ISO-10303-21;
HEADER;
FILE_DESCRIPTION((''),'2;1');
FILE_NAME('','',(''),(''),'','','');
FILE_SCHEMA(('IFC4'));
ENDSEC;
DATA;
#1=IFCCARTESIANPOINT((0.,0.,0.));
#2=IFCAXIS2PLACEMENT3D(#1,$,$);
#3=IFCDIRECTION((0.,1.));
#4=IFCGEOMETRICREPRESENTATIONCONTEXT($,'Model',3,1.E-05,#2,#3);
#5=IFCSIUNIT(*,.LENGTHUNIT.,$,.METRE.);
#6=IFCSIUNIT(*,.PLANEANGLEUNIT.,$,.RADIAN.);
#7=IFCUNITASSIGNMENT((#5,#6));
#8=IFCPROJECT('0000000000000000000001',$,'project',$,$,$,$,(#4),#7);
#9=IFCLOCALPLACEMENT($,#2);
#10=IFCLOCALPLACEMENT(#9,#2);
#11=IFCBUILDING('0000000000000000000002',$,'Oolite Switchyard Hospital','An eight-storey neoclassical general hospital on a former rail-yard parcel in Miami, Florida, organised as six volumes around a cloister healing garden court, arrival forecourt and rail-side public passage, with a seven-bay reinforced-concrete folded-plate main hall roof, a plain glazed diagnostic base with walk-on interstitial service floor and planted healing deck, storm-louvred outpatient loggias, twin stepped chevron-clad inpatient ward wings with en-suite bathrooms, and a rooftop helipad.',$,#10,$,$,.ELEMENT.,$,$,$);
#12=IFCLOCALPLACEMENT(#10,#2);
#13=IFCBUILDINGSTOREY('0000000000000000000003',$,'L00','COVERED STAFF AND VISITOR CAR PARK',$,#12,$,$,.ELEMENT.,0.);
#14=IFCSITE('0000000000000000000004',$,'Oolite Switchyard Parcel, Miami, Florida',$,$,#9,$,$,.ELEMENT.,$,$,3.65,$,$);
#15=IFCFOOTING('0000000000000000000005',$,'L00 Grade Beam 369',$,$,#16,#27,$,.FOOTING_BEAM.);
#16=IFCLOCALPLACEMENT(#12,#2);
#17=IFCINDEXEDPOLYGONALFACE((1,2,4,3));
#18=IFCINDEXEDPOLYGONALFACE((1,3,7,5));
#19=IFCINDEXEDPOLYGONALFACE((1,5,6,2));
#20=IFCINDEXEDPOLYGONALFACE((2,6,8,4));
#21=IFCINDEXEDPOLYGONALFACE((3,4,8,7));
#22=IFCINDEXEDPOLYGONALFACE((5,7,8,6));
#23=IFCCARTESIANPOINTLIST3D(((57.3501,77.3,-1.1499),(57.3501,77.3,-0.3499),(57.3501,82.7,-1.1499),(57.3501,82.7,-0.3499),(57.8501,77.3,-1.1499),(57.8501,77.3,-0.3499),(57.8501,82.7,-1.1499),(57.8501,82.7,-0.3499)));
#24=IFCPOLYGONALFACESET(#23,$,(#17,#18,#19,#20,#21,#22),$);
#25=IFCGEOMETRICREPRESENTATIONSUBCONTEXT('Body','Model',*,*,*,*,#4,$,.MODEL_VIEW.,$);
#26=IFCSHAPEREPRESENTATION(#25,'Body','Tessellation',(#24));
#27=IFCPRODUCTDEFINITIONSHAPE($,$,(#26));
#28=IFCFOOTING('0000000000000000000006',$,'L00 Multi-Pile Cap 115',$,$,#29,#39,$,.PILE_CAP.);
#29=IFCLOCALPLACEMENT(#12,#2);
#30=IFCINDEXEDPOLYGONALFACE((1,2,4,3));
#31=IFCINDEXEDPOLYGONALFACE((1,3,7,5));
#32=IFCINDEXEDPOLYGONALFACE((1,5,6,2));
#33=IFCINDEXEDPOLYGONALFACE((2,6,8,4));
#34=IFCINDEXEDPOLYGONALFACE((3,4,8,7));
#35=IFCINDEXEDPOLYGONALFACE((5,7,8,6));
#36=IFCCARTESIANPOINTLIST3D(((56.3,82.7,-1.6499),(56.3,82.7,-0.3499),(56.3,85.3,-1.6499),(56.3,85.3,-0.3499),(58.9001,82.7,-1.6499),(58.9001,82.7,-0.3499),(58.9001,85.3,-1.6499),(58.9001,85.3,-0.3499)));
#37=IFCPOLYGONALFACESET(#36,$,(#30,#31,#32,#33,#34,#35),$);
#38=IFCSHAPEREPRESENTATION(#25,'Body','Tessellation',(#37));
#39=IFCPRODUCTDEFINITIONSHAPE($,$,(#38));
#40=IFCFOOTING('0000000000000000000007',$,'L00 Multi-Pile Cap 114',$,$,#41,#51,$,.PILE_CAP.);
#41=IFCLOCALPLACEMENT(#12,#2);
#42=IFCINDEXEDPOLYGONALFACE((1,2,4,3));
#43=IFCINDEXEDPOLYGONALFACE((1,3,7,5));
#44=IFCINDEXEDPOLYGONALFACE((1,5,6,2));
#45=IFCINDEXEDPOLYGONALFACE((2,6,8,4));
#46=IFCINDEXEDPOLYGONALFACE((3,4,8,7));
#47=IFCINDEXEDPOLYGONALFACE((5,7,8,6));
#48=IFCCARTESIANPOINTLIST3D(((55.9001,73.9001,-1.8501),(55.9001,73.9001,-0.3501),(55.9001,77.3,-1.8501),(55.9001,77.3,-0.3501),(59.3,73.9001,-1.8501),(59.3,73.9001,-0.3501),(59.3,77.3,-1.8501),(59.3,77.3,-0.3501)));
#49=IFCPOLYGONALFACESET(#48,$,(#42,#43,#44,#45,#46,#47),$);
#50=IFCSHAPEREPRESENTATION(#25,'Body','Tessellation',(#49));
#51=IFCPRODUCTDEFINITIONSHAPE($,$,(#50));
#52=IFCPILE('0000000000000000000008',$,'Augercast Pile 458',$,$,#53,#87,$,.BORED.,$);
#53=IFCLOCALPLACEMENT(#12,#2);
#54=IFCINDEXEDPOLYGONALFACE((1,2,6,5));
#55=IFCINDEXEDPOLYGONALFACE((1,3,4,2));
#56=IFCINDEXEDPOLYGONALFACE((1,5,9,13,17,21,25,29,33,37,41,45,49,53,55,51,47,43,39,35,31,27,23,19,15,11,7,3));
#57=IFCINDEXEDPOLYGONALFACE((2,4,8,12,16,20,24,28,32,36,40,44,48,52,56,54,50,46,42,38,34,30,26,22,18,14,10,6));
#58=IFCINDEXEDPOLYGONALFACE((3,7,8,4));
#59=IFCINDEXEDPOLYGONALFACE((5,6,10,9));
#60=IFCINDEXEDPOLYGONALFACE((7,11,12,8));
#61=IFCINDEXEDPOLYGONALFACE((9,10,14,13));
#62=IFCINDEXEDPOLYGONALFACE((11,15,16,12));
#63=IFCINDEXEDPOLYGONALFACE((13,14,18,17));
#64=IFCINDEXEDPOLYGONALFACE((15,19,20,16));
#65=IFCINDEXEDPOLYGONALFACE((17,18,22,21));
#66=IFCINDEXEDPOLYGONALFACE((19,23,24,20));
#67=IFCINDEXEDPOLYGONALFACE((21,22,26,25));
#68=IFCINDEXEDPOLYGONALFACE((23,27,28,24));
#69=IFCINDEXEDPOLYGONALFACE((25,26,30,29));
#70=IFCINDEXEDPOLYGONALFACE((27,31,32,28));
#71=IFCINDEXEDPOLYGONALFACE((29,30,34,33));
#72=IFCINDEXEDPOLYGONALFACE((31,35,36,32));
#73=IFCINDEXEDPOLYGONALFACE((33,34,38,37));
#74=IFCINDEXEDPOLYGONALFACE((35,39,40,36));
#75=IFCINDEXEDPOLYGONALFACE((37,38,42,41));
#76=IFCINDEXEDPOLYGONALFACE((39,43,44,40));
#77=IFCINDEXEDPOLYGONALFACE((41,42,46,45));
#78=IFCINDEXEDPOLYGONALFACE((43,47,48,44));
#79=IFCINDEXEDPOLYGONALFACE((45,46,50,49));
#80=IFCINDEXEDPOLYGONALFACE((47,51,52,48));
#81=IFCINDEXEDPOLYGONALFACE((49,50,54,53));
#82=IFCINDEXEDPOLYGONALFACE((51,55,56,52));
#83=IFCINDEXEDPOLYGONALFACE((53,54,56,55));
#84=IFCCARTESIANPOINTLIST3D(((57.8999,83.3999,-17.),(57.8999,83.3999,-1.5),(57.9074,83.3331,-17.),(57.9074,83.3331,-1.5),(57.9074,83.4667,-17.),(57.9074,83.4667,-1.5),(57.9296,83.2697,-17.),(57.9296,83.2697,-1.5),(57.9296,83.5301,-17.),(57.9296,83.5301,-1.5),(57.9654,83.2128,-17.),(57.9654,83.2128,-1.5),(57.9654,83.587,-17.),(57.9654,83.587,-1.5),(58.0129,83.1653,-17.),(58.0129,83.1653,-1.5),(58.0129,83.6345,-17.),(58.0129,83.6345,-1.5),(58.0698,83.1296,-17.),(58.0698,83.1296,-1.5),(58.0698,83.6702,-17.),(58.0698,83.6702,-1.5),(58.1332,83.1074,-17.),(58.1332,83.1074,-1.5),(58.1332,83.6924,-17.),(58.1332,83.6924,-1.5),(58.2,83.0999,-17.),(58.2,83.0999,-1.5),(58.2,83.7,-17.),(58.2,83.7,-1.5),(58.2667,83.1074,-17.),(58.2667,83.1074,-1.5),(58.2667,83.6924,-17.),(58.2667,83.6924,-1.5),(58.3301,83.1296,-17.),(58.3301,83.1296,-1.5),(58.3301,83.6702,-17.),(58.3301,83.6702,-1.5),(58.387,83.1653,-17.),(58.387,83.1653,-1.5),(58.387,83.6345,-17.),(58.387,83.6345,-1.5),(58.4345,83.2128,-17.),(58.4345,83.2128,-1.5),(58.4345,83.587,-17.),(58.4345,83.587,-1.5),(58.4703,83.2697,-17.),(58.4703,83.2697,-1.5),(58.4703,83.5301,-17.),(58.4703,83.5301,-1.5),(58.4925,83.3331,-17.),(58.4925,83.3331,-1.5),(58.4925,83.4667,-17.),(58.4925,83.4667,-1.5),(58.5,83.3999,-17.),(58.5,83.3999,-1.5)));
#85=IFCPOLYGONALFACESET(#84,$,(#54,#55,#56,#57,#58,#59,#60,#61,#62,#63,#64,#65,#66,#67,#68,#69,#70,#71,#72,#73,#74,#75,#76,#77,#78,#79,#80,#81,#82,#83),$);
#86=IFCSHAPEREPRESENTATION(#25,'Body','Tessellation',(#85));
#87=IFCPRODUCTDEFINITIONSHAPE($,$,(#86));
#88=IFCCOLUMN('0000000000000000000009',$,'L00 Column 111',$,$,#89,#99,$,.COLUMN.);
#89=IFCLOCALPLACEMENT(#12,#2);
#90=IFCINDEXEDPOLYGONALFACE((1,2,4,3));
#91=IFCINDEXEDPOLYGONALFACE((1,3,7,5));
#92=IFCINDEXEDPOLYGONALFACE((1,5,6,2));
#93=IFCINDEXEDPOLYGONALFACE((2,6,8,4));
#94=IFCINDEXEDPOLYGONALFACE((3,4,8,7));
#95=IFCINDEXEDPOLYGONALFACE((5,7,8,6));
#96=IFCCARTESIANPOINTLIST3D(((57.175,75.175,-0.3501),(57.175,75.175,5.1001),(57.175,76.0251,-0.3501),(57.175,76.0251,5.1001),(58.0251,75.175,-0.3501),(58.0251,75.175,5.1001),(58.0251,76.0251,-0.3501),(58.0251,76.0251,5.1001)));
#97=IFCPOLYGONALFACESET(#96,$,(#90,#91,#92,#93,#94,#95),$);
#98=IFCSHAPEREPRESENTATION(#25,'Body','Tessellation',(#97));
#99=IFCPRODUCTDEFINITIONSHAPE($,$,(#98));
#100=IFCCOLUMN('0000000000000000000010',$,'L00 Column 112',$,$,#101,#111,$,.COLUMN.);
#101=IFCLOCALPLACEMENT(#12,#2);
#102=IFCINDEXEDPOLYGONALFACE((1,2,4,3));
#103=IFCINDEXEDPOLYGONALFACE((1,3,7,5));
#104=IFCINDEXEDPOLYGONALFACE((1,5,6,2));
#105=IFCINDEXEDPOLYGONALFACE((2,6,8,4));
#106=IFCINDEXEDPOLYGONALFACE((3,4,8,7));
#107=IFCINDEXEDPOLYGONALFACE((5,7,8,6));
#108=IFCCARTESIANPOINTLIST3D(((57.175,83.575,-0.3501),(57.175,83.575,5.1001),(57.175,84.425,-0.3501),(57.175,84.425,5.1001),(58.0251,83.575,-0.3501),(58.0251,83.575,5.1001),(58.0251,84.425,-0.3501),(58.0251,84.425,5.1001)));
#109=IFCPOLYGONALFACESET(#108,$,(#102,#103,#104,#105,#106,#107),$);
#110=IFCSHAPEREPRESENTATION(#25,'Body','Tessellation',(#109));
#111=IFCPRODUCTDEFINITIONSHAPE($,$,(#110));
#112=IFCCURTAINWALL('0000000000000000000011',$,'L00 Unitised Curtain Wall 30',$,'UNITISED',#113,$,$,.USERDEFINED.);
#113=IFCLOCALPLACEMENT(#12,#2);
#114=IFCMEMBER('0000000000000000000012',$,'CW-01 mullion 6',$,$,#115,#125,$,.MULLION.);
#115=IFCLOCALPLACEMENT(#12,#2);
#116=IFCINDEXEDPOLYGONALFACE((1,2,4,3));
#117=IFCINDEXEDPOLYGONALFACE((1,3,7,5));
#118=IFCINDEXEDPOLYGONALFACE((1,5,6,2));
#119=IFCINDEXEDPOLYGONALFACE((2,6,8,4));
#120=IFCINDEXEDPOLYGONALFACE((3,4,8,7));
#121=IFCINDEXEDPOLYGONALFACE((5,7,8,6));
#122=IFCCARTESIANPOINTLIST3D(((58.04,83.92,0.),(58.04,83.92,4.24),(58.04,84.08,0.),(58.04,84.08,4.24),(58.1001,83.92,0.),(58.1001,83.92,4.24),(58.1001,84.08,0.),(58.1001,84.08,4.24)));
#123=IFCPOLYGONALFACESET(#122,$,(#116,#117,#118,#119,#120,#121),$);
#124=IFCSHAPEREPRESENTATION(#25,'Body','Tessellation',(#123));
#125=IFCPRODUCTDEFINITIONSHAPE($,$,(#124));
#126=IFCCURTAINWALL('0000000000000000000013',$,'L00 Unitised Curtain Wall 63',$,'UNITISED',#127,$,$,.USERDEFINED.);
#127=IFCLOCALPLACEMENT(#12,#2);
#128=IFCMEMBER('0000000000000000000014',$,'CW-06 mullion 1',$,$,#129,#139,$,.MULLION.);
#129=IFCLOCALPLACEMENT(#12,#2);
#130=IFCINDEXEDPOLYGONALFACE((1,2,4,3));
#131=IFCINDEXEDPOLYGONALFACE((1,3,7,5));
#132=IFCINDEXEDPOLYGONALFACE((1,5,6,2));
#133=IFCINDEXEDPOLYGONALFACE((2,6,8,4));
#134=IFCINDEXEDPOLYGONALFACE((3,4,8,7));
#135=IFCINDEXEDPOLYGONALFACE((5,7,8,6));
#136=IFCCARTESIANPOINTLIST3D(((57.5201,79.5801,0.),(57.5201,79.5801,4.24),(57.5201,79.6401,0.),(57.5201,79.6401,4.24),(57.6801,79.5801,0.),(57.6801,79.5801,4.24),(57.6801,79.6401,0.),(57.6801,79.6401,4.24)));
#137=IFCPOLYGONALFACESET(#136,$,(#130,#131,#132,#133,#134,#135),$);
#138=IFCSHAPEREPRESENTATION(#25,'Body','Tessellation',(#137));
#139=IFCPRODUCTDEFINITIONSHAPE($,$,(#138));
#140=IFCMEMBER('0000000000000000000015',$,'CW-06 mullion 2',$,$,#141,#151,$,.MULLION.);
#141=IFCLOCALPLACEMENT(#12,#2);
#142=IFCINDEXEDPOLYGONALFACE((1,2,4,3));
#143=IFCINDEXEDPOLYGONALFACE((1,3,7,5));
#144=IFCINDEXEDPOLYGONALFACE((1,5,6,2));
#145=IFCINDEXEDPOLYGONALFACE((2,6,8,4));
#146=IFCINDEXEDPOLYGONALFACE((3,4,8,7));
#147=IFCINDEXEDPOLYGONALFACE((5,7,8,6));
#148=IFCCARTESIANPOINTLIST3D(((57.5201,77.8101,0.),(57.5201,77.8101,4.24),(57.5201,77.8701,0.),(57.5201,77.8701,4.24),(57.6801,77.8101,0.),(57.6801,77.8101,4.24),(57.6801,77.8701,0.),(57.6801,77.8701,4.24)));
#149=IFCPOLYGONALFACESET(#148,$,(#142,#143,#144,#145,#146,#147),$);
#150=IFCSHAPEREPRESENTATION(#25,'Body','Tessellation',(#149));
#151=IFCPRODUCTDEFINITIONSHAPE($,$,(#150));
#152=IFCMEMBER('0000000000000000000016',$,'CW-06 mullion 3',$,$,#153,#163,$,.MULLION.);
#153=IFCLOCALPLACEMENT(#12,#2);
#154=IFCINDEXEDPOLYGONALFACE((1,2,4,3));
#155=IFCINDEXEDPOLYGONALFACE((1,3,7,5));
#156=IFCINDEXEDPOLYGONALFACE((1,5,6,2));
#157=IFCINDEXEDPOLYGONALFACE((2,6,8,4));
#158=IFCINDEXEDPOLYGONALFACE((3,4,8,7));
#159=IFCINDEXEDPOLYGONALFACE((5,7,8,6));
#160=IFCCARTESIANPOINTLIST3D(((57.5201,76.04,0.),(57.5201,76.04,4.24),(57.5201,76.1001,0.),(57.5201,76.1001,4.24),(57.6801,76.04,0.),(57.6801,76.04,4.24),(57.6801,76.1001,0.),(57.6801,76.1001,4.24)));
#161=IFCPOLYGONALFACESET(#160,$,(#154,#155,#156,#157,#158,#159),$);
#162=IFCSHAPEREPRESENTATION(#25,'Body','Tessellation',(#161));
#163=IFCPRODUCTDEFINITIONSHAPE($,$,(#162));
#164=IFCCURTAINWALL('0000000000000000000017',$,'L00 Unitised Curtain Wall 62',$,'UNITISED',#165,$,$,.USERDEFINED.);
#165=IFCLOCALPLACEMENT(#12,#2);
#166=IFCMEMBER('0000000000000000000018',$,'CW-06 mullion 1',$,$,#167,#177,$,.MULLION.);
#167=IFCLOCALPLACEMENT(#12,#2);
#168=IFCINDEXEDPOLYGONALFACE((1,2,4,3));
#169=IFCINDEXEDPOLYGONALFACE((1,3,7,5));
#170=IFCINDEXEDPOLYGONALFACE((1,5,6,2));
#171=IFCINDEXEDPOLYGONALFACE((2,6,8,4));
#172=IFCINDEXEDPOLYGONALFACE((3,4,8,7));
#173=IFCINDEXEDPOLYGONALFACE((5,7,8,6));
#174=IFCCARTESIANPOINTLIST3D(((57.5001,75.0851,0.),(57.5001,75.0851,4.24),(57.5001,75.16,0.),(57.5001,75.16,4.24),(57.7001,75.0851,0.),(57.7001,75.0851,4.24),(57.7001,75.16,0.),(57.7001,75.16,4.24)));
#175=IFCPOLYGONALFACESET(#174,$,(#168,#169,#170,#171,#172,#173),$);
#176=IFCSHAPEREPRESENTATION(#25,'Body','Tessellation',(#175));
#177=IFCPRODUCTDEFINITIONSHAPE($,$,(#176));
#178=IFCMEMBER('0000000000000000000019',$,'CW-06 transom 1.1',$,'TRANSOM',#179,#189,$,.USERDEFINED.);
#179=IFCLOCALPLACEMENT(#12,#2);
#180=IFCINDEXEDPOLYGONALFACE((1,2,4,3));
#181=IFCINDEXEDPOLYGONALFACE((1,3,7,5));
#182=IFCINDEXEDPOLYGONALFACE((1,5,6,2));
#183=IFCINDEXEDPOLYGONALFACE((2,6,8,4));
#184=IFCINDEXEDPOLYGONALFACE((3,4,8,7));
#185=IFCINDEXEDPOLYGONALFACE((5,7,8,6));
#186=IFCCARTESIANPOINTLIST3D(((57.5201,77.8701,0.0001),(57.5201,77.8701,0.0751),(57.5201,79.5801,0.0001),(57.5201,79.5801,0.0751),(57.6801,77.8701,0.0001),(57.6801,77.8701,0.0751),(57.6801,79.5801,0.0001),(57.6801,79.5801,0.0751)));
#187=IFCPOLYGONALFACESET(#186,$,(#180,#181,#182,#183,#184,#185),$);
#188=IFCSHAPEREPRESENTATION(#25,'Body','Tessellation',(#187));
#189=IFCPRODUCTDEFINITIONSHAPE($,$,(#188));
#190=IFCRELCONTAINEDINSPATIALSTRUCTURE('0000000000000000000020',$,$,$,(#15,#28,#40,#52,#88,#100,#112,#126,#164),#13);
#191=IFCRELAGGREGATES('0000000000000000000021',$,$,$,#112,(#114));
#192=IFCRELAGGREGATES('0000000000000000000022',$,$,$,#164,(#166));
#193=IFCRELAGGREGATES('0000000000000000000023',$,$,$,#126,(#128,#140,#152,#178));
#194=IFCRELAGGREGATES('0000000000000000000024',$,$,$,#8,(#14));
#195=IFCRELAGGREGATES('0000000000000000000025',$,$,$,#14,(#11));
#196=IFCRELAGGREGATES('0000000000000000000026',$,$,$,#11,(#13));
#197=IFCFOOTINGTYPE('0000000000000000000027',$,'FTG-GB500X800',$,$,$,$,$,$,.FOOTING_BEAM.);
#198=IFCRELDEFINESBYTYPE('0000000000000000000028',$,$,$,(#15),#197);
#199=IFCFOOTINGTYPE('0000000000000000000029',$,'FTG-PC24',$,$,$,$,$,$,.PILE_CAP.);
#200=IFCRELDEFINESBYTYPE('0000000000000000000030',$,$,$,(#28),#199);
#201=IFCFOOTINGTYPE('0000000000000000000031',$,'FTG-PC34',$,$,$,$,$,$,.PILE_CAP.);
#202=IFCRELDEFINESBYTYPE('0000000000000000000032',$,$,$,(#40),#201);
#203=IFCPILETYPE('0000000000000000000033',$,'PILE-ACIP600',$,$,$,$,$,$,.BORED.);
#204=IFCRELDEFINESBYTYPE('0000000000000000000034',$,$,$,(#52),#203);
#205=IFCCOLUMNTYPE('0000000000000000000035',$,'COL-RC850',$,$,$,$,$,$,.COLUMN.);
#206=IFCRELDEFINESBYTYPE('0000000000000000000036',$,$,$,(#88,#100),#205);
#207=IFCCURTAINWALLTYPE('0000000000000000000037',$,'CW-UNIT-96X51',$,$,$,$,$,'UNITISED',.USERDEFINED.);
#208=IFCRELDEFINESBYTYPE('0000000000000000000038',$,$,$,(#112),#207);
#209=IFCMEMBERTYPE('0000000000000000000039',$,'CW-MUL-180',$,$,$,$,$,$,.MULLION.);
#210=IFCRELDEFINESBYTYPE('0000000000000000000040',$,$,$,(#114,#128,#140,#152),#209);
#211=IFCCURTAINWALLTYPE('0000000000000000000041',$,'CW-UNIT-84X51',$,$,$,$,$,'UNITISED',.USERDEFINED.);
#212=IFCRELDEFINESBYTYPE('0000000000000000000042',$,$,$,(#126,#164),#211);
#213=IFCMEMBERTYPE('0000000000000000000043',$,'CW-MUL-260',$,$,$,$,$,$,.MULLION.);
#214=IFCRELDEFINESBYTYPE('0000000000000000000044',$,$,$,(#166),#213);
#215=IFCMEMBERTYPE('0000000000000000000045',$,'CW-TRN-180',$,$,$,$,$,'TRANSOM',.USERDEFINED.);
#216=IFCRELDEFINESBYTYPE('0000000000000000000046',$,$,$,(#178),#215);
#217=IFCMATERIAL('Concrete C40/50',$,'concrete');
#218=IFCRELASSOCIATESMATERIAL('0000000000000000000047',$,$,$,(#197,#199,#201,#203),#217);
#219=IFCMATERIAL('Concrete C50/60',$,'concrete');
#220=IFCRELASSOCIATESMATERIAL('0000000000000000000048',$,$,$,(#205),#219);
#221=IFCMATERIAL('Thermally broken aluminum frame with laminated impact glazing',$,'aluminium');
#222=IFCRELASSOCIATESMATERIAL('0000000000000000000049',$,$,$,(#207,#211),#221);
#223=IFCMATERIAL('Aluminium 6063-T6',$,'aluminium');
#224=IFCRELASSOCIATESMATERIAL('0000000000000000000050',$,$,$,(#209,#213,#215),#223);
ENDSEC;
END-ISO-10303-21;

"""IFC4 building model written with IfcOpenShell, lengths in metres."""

from ifc_helpers import new_model, si_unit, direction, frame, origin, origin_2d, place, context, subcontext, project, spatial, rectangle, circle, extrude, material, material_profile, profile_set, type_object, element, aggregate, save


model = new_model("IFC4")

# Units and contexts
model_context = context("Model", 3, precision=1e-05, world=origin(), true_north=direction((0.0, 1.0)))
body_context = subcontext(model_context, "Body", "Model", "MODEL_VIEW")
ifc_project = project(units=[si_unit("LENGTHUNIT", "METRE"), si_unit("PLANEANGLEUNIT", "RADIAN")], contexts=[model_context])

# Site, building, storey
site_placement = place(None, origin())
site = spatial("IfcSite", under=ifc_project, at=site_placement, Name="Oolite Switchyard Parcel, Miami, Florida", CompositionType="ELEMENT", RefElevation=3.65)
building_placement = place(site_placement, origin())
building = spatial("IfcBuilding", under=site, at=building_placement, Name="Oolite Switchyard Hospital", Description="An eight-storey neoclassical general hospital on a former rail-yard parcel in Miami, Florida, organised as six volumes around a cloister healing garden court, arrival forecourt and rail-side public passage, with a seven-bay reinforced-concrete folded-plate main hall roof, a plain glazed diagnostic base with walk-on interstitial service floor and planted healing deck, storm-louvred outpatient loggias, twin stepped chevron-clad inpatient ward wings with en-suite bathrooms, and a rooftop helipad.", CompositionType="ELEMENT")
storey_placement = place(building_placement, origin())
storey = spatial("IfcBuildingStorey", under=building, at=storey_placement, Name="L00", Description="COVERED STAFF AND VISITOR CAR PARK", CompositionType="ELEMENT", Elevation=0.0)

# Footings
ifc_material_1 = material(Name="Concrete C40/50", Category="concrete")
footing_type_1 = type_object("IfcFootingType", Name="FTG-GB500X800", PredefinedType="FOOTING_BEAM", material=ifc_material_1)
footing_1_placement = place(storey_placement, frame((57.6001, 80.0, -1.1499), z_axis=(0.0, 0.0, 1.0), x_axis=(0.0, 1.0, 0.0)))
element("IfcFooting", 1, at=footing_1_placement, inside=storey, type_object=footing_type_1, Name="L00 Grade Beam 369", PredefinedType="FOOTING_BEAM", context=body_context, shape_type="SweptSolid", body=[
    extrude(rectangle(XDim=5.3999, YDim=0.5, at=origin_2d()), origin(), (0.0, 0.0, 1.0), 0.8),
])
footing_type_2 = type_object("IfcFootingType", Name="FTG-PC24", PredefinedType="PILE_CAP", material=ifc_material_1)
footing_2_placement = place(storey_placement, frame((57.6001, 84.0, -1.6499), z_axis=(0.0, 0.0, 1.0), x_axis=(1.0, 0.0, 0.0)))
element("IfcFooting", 2, at=footing_2_placement, inside=storey, type_object=footing_type_2, Name="L00 Multi-Pile Cap 115", PredefinedType="PILE_CAP", context=body_context, shape_type="SweptSolid", body=[
    extrude(rectangle(XDim=2.6001, YDim=2.6001, at=origin_2d()), origin(), (0.0, 0.0, 1.0), 1.3),
])
footing_type_3 = type_object("IfcFootingType", Name="FTG-PC34", PredefinedType="PILE_CAP", material=ifc_material_1)
footing_3_placement = place(storey_placement, frame((57.6001, 75.6001, -1.8501), z_axis=(0.0, 0.0, 1.0), x_axis=(1.0, 0.0, 0.0)))
element("IfcFooting", 3, at=footing_3_placement, inside=storey, type_object=footing_type_3, Name="L00 Multi-Pile Cap 114", PredefinedType="PILE_CAP", context=body_context, shape_type="SweptSolid", body=[
    extrude(rectangle(XDim=3.3999, YDim=3.3999, at=origin_2d()), origin(), (0.0, 0.0, 1.0), 1.5),
])

# Pile
ifc_material_profile_1 = material_profile(ifc_material_1, circle(Radius=0.3, at=origin_2d()), Name="PILE600")
ifc_profile_set_1 = profile_set([ifc_material_profile_1], Name="Concrete C40/50")
pile_type = type_object("IfcPileType", Name="PILE-ACIP600", PredefinedType="BORED", material=ifc_profile_set_1)
pile_placement = place(storey_placement, frame((58.2, 83.3999, -1.5), z_axis=(0.0, 0.0, -1.0), x_axis=(1.0, 0.0, 0.0)))
element("IfcPile", 4, at=pile_placement, inside=storey, type_object=pile_type, Name="Augercast Pile 458", PredefinedType="BORED", context=body_context, shape_type="SweptSolid", body=[
    extrude(circle(Radius=0.3, at=origin_2d()), origin(), (0.0, 0.0, 1.0), 15.5),
])

# Columns
ifc_material_2 = material(Name="Concrete C50/60", Category="concrete")
ifc_material_profile_2 = material_profile(ifc_material_2, rectangle(XDim=0.8501, YDim=0.8501, at=origin_2d()), Name="RC850X850")
ifc_profile_set_2 = profile_set([ifc_material_profile_2], Name="Concrete C50/60")
column_type = type_object("IfcColumnType", Name="COL-RC850", PredefinedType="COLUMN", material=ifc_profile_set_2)
for number, where, z_axis, x_axis, name in (
    (5, (57.6001, 75.6001, -0.3501), (0.0, 0.0, 1.0), (1.0, 0.0, 0.0), "L00 Column 111"),
    (6, (57.6001, 84.0, -0.3501), (0.0, 0.0, 1.0), (1.0, 0.0, 0.0), "L00 Column 112"),
):
    element("IfcColumn", number, at=place(storey_placement, frame(where, z_axis=z_axis, x_axis=x_axis)), inside=storey, type_object=column_type, Name=name, PredefinedType="COLUMN", context=body_context, shape_type="SweptSolid", body=[
        extrude(rectangle(XDim=0.8501, YDim=0.8501, at=origin_2d()), origin(), (0.0, 0.0, 1.0), 5.4502),
    ])

# Curtain wall, member
ifc_material_3 = material(Name="Thermally broken aluminum frame with laminated impact glazing", Category="aluminium")
curtain_wall_type_1 = type_object("IfcCurtainWallType", Name="CW-UNIT-96X51", ElementType="UNITISED", PredefinedType="USERDEFINED", material=ifc_material_3)
curtain_wall_1_placement = place(storey_placement, origin())
curtain_wall_1 = element("IfcCurtainWall", 7, at=curtain_wall_1_placement, inside=storey, type_object=curtain_wall_type_1, Name="L00 Unitised Curtain Wall 30", ObjectType="UNITISED", PredefinedType="USERDEFINED")
ifc_material_4 = material(Name="Aluminium 6063-T6", Category="aluminium")
ifc_material_profile_3 = material_profile(ifc_material_4, rectangle(XDim=0.1599, YDim=0.0601, at=origin_2d()), Name="CWM60X160")
ifc_profile_set_3 = profile_set([ifc_material_profile_3], Name="Aluminium 6063-T6")
member_type_1 = type_object("IfcMemberType", Name="CW-MUL-180", PredefinedType="MULLION", material=ifc_profile_set_3)
member_1_placement = place(storey_placement, frame((58.0701, 84.0, 0.0), z_axis=(0.0, 0.0, 1.0), x_axis=(0.0, -1.0, 0.0)))
member_1 = element("IfcMember", 8, at=member_1_placement, type_object=member_type_1, Name="CW-01 mullion 6", PredefinedType="MULLION", context=body_context, shape_type="SweptSolid", body=[
    extrude(rectangle(XDim=0.1599, YDim=0.0601, at=origin_2d()), origin(), (0.0, 0.0, 1.0), 4.24),
])
aggregate(curtain_wall_1, [member_1])

# Curtain wall, members
curtain_wall_type_2 = type_object("IfcCurtainWallType", Name="CW-UNIT-84X51", ElementType="UNITISED", PredefinedType="USERDEFINED", material=ifc_material_3)
curtain_wall_2_placement = place(storey_placement, origin())
curtain_wall_2 = element("IfcCurtainWall", 9, at=curtain_wall_2_placement, inside=storey, type_object=curtain_wall_type_2, Name="L00 Unitised Curtain Wall 63", ObjectType="UNITISED", PredefinedType="USERDEFINED")
member_2_placement = place(storey_placement, frame((57.6001, 79.6101, 0.0), z_axis=(0.0, 0.0, 1.0), x_axis=(1.0, 0.0, 0.0)))
member_2 = element("IfcMember", 10, at=member_2_placement, type_object=member_type_1, Name="CW-06 mullion 1", PredefinedType="MULLION", context=body_context, shape_type="SweptSolid", body=[
    extrude(rectangle(XDim=0.1599, YDim=0.0601, at=origin_2d()), origin(), (0.0, 0.0, 1.0), 4.24),
])
member_3_placement = place(storey_placement, frame((57.6001, 77.8401, 0.0), z_axis=(0.0, 0.0, 1.0), x_axis=(1.0, 0.0, 0.0)))
member_3 = element("IfcMember", 11, at=member_3_placement, type_object=member_type_1, Name="CW-06 mullion 2", PredefinedType="MULLION", context=body_context, shape_type="SweptSolid", body=[
    extrude(rectangle(XDim=0.1599, YDim=0.0601, at=origin_2d()), origin(), (0.0, 0.0, 1.0), 4.24),
])
member_4_placement = place(storey_placement, frame((57.6001, 76.0701, 0.0), z_axis=(0.0, 0.0, 1.0), x_axis=(1.0, 0.0, 0.0)))
member_4 = element("IfcMember", 12, at=member_4_placement, type_object=member_type_1, Name="CW-06 mullion 3", PredefinedType="MULLION", context=body_context, shape_type="SweptSolid", body=[
    extrude(rectangle(XDim=0.1599, YDim=0.0601, at=origin_2d()), origin(), (0.0, 0.0, 1.0), 4.24),
])

# Curtain wall, member
curtain_wall_3_placement = place(storey_placement, origin())
curtain_wall_3 = element("IfcCurtainWall", 13, at=curtain_wall_3_placement, inside=storey, type_object=curtain_wall_type_2, Name="L00 Unitised Curtain Wall 62", ObjectType="UNITISED", PredefinedType="USERDEFINED")
ifc_material_profile_4 = material_profile(ifc_material_4, rectangle(XDim=0.2, YDim=0.075, at=origin_2d()), Name="CWM75X200")
ifc_profile_set_4 = profile_set([ifc_material_profile_4], Name="Aluminium 6063-T6")
member_type_2 = type_object("IfcMemberType", Name="CW-MUL-260", PredefinedType="MULLION", material=ifc_profile_set_4)
member_5_placement = place(storey_placement, frame((57.6001, 75.1226, 0.0), z_axis=(0.0, 0.0, 1.0), x_axis=(1.0, 0.0, 0.0)))
member_5 = element("IfcMember", 14, at=member_5_placement, type_object=member_type_2, Name="CW-06 mullion 1", PredefinedType="MULLION", context=body_context, shape_type="SweptSolid", body=[
    extrude(rectangle(XDim=0.2, YDim=0.075, at=origin_2d()), origin(), (0.0, 0.0, 1.0), 4.24),
])
aggregate(curtain_wall_3, [member_5])

# Member
ifc_material_profile_5 = material_profile(ifc_material_4, rectangle(XDim=0.1599, YDim=0.075, at=origin_2d()), Name="CWT75X160")
ifc_profile_set_5 = profile_set([ifc_material_profile_5], Name="Aluminium 6063-T6")
member_type_3 = type_object("IfcMemberType", Name="CW-TRN-180", ElementType="TRANSOM", PredefinedType="USERDEFINED", material=ifc_profile_set_5)
member_6_placement = place(storey_placement, frame((57.6001, 79.5801, 0.0376), z_axis=(0.0, -1.0, 0.0), x_axis=(1.0, 0.0, 0.0)))
member_6 = element("IfcMember", 15, at=member_6_placement, type_object=member_type_3, Name="CW-06 transom 1.1", ObjectType="TRANSOM", PredefinedType="USERDEFINED", context=body_context, shape_type="SweptSolid", body=[
    extrude(rectangle(XDim=0.1599, YDim=0.075, at=origin_2d()), origin(), (0.0, 0.0, 1.0), 1.71),
])

aggregate(curtain_wall_2, [member_2, member_3, member_4, member_6])

save(model, "model.ifc")
